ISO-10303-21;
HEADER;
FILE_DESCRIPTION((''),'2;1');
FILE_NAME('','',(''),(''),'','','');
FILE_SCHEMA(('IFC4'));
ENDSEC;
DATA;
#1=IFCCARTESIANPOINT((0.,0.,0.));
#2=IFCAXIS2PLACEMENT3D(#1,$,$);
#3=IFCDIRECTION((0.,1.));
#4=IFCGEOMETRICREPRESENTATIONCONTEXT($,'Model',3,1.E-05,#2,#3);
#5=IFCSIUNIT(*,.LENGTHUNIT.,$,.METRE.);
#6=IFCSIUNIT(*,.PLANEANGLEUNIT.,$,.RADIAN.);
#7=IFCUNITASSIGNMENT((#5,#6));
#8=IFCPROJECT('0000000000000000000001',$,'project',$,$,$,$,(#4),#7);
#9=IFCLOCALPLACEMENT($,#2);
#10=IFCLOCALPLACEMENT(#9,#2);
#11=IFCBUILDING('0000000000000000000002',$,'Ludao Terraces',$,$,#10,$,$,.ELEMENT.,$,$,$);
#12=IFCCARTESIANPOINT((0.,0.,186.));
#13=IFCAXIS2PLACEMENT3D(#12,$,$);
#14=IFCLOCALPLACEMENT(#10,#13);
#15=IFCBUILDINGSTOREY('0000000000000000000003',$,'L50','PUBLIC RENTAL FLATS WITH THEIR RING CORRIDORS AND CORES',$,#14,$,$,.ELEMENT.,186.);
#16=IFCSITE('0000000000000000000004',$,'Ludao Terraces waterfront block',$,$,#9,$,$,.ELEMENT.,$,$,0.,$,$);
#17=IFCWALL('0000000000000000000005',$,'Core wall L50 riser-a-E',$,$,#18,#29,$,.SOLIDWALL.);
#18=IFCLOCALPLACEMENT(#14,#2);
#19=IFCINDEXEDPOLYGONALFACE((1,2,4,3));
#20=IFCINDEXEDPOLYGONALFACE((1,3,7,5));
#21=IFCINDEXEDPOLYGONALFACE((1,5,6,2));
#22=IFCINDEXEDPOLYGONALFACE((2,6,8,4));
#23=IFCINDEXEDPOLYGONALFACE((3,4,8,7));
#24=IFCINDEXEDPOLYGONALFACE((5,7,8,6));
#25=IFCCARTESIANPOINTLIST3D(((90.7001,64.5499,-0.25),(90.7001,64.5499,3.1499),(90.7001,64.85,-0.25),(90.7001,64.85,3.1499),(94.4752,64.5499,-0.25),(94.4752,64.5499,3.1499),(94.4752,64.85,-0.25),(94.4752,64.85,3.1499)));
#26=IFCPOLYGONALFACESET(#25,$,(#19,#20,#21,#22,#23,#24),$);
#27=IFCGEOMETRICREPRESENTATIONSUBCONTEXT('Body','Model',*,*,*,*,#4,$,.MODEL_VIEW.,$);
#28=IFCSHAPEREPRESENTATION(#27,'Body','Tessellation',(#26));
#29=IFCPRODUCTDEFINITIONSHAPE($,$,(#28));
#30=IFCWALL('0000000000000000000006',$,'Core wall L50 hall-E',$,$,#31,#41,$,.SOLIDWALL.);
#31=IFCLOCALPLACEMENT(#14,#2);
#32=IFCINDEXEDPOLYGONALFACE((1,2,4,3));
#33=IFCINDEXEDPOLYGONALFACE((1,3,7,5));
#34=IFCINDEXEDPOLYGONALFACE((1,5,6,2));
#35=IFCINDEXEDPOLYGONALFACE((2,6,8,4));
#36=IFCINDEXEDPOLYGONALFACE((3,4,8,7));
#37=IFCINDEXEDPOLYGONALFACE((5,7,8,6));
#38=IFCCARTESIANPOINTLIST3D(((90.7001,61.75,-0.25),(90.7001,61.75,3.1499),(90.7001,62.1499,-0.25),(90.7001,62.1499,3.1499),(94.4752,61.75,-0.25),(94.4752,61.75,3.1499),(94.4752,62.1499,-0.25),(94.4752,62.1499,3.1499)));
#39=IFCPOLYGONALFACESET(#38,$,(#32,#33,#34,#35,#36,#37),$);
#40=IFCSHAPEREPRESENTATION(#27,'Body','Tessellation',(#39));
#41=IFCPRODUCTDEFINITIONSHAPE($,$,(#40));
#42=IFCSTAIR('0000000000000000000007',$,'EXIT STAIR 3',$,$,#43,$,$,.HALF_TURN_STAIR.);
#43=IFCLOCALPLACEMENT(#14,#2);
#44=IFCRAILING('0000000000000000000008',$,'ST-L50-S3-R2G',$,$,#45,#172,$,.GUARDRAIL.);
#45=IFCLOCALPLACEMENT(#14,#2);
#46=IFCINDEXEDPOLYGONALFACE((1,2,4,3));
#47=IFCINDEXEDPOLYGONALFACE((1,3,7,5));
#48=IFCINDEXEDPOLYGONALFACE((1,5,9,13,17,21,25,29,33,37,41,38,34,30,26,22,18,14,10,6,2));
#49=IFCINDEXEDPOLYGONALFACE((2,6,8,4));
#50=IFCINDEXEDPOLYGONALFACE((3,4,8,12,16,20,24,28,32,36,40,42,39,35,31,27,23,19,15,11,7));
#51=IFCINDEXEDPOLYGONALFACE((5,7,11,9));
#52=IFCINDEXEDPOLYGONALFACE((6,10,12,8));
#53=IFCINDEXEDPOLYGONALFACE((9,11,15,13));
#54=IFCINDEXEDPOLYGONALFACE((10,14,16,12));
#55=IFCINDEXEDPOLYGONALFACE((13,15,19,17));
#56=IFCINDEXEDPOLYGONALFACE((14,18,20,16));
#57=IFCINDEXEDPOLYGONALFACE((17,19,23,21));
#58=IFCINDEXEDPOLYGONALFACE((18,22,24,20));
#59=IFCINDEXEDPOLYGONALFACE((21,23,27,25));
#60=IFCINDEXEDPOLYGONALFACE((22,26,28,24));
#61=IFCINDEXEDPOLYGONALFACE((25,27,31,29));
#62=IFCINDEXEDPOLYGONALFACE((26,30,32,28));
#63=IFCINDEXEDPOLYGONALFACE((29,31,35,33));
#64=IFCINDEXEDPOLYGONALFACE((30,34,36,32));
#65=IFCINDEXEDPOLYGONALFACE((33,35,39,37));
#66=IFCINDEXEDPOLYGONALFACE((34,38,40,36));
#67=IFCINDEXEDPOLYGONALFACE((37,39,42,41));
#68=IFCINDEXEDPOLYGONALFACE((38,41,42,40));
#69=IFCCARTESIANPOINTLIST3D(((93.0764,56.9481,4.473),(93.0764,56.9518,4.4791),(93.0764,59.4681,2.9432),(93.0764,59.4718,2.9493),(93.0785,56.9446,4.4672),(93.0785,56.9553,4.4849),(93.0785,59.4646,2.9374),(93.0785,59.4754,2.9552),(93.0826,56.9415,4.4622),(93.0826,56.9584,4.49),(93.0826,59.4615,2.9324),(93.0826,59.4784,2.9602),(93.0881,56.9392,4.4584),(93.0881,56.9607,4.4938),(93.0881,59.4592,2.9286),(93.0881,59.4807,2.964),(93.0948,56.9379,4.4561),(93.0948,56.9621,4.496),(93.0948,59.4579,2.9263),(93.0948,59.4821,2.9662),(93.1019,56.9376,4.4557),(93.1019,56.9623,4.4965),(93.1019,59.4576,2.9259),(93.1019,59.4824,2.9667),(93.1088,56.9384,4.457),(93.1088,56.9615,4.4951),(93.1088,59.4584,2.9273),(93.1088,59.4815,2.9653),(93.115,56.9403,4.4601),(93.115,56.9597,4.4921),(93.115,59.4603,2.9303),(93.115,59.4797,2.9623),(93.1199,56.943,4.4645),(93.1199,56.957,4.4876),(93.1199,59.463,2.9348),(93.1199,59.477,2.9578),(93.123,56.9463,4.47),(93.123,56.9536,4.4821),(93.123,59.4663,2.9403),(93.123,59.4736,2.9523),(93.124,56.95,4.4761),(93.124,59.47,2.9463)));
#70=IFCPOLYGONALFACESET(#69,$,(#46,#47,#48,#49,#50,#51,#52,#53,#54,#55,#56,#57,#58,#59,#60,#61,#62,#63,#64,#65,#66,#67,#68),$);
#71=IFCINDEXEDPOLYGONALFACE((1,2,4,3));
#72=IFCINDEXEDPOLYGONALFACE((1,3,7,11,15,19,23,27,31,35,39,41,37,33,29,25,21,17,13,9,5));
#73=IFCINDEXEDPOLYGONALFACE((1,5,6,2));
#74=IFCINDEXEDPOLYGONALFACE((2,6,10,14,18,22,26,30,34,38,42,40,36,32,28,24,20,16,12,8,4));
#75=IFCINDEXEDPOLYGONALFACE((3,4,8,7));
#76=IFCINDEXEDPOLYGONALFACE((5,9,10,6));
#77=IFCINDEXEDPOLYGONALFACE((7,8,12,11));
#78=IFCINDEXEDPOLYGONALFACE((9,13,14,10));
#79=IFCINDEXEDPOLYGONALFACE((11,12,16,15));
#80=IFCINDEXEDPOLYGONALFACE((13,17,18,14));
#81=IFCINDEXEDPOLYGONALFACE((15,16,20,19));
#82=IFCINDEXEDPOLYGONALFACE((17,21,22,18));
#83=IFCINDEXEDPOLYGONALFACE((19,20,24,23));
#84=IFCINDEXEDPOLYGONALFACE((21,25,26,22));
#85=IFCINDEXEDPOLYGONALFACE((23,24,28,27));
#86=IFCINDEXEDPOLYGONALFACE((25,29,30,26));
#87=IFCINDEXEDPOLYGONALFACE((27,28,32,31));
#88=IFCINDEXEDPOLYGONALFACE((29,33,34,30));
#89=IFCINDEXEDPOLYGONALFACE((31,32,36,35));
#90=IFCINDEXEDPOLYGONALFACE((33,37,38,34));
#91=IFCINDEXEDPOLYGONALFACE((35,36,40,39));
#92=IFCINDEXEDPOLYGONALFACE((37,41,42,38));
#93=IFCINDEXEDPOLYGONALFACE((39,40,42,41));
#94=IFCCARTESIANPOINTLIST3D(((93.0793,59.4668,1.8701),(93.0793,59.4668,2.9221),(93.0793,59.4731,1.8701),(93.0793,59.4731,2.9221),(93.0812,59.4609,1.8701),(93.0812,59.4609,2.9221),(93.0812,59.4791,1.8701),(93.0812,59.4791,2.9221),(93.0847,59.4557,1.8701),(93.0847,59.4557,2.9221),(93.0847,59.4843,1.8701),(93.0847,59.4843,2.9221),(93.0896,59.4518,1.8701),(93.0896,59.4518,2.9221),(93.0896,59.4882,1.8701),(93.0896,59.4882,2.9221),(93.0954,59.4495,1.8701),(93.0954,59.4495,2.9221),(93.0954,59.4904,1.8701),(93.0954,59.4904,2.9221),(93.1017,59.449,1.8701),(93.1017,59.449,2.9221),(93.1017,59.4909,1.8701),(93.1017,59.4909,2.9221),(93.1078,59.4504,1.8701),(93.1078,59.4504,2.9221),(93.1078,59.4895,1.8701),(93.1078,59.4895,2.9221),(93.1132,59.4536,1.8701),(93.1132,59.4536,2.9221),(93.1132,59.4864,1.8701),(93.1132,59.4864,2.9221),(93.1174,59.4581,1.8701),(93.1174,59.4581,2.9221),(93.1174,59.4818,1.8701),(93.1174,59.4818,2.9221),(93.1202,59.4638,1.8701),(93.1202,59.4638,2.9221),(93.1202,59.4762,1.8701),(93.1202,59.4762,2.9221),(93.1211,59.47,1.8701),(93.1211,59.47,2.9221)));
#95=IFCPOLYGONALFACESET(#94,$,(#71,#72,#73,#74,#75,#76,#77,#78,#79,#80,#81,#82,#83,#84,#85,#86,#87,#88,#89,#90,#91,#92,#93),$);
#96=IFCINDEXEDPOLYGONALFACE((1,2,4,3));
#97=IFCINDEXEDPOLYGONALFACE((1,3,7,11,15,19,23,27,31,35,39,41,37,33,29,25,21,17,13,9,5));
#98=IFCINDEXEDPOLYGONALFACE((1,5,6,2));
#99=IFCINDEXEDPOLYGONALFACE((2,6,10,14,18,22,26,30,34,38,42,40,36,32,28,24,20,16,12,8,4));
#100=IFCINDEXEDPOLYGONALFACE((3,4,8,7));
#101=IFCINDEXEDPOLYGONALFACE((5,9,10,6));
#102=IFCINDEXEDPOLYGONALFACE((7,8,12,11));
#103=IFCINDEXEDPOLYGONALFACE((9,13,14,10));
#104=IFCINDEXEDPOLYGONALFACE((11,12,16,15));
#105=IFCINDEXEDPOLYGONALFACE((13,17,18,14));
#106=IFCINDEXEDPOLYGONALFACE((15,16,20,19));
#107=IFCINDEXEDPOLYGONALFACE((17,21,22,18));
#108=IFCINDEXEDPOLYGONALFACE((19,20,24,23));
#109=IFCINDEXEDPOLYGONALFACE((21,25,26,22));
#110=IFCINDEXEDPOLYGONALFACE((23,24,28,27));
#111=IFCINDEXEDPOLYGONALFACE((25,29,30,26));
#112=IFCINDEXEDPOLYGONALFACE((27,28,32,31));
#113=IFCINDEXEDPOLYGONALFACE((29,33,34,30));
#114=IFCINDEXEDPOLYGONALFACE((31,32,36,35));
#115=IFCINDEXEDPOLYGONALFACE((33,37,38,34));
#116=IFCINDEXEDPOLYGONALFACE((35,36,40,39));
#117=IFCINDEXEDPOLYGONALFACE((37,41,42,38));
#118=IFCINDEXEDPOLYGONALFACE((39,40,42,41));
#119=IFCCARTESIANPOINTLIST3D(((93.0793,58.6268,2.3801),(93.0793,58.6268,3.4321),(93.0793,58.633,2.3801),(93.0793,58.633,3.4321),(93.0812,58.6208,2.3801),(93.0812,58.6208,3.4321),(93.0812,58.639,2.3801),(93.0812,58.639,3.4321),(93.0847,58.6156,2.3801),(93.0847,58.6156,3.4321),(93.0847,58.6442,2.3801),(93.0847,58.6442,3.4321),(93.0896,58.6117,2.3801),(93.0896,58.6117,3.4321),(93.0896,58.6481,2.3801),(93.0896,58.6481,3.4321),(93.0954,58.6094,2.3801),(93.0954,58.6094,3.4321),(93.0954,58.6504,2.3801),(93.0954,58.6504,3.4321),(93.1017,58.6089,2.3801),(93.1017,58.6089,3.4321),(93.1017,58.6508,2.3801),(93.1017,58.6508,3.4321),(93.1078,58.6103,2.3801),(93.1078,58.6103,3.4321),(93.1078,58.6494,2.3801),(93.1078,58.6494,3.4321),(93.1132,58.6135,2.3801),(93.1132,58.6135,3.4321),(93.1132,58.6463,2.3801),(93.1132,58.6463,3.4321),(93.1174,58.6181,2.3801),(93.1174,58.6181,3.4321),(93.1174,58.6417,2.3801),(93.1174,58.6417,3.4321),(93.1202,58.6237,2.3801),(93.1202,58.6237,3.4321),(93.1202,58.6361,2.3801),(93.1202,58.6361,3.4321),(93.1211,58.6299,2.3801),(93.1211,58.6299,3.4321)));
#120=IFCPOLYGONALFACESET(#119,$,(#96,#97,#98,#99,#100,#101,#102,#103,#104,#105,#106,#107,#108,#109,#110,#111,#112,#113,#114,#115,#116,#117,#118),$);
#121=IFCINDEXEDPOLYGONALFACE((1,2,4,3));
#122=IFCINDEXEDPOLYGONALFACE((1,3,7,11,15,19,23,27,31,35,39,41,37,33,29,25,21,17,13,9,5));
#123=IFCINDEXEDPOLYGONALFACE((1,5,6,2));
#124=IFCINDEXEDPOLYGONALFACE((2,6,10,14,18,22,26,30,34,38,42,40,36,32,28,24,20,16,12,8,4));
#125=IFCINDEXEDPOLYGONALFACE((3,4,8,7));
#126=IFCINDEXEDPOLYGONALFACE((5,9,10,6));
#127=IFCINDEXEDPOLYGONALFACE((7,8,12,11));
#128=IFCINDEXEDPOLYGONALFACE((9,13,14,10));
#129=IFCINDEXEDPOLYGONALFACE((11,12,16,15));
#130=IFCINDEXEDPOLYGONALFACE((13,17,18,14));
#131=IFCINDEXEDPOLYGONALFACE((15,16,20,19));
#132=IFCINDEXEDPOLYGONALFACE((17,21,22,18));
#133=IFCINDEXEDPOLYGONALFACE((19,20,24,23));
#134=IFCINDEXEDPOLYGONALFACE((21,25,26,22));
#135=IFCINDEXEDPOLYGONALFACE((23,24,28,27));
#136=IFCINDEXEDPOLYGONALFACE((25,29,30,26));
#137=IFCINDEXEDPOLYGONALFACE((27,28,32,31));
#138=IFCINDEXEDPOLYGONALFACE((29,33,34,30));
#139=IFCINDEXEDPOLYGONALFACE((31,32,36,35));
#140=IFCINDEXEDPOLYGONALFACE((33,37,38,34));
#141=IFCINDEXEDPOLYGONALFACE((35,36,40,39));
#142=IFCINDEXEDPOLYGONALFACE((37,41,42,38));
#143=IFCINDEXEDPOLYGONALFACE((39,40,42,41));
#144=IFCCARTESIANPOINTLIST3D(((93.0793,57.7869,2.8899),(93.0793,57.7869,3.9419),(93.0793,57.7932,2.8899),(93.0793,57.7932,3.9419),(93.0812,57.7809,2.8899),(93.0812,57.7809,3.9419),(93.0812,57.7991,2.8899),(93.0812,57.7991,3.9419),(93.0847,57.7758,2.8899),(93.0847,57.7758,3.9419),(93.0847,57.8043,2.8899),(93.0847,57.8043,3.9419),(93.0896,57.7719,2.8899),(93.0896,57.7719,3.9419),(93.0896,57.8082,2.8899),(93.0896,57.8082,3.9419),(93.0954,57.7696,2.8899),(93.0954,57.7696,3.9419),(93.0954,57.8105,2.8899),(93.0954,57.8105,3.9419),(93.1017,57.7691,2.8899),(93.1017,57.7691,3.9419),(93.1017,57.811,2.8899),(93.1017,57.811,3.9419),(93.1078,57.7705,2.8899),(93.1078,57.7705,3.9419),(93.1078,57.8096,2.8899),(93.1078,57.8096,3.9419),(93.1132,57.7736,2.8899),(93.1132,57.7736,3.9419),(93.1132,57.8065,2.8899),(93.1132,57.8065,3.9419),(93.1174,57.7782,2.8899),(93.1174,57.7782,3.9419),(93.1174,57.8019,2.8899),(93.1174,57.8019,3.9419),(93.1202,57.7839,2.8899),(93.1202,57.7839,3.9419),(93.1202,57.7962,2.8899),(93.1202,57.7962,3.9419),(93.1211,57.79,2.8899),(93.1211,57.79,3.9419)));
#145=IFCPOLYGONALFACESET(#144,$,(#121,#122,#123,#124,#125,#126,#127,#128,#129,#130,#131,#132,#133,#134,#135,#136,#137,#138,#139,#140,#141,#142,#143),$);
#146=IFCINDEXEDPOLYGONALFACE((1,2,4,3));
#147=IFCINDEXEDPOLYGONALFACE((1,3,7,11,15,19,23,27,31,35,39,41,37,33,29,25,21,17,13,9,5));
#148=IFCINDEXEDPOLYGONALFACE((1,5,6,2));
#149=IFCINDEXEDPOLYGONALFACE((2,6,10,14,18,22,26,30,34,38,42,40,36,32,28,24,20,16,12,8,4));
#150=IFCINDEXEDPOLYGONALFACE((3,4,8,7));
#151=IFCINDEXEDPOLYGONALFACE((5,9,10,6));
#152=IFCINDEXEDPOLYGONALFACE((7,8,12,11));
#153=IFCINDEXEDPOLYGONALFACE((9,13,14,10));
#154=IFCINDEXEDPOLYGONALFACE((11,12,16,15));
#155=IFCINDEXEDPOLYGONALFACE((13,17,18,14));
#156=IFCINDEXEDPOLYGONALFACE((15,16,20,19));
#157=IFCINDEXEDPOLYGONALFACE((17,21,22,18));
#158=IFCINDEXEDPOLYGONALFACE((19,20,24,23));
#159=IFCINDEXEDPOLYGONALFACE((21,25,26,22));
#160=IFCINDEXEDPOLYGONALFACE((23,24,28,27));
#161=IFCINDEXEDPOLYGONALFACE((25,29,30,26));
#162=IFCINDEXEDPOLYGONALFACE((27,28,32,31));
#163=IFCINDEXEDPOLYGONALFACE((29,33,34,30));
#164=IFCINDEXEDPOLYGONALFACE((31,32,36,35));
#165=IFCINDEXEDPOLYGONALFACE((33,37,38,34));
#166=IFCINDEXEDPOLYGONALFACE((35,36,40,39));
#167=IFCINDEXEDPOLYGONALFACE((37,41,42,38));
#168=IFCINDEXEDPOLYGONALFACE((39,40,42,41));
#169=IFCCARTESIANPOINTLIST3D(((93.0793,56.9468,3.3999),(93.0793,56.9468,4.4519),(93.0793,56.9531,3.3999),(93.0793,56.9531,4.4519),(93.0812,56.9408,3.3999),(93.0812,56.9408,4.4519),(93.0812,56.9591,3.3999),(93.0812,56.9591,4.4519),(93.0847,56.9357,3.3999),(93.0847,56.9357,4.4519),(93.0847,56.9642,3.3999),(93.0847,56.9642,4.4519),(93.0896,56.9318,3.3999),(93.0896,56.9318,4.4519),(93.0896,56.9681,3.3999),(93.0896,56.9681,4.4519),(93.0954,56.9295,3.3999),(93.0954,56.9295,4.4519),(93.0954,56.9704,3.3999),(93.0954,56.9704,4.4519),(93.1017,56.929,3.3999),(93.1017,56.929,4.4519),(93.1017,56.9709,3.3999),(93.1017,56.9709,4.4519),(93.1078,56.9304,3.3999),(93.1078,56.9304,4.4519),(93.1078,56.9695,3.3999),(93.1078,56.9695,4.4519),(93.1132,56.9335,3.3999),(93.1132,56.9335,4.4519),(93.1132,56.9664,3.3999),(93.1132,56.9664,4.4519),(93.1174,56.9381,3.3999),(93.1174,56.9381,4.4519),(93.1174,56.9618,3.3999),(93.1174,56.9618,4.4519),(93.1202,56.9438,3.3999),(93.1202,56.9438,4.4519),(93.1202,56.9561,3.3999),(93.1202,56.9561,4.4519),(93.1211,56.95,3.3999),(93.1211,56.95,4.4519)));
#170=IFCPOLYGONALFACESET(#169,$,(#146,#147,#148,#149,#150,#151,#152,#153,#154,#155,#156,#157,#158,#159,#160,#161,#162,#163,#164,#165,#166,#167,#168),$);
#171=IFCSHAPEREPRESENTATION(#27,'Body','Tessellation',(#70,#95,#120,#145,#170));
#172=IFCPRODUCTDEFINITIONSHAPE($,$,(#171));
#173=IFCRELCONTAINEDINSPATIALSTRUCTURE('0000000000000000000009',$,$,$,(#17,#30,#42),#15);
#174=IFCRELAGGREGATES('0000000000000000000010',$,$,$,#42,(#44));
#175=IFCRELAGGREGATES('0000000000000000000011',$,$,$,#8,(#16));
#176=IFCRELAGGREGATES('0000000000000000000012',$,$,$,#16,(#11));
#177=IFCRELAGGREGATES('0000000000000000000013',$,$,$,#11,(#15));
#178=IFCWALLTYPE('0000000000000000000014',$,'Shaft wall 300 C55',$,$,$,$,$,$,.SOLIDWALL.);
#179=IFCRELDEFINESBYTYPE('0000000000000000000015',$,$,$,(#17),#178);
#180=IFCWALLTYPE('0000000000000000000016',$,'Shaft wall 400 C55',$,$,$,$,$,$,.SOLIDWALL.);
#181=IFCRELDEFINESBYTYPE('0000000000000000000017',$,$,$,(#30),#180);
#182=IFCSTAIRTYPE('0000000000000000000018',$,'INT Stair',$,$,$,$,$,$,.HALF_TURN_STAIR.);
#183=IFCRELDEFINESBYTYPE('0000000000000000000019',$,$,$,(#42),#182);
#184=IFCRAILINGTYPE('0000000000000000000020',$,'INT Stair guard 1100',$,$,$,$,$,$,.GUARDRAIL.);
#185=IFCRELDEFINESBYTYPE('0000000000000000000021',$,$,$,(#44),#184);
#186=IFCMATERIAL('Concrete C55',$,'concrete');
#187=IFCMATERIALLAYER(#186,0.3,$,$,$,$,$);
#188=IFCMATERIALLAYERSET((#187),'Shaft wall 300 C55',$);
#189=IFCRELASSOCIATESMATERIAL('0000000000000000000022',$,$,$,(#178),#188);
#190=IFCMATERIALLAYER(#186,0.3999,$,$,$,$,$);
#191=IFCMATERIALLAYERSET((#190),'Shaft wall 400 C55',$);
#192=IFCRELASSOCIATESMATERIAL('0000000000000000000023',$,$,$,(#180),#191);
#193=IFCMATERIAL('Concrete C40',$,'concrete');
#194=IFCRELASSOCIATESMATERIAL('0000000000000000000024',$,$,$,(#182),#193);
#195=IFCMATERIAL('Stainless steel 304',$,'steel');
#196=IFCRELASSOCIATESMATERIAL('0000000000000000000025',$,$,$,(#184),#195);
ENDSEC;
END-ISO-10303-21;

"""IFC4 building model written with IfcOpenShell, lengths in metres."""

from ifc_helpers import new_model, si_unit, direction, frame, frame_2d, origin, origin_2d, place, context, subcontext, project, spatial, rectangle, circle, extrude, material, layer, layer_set, type_object, element, aggregate, save


model = new_model("IFC4")

# Units and contexts
model_context = context("Model", 3, precision=1e-05, world=origin(), true_north=direction((0.0, 1.0)))
body_context = subcontext(model_context, "Body", "Model", "MODEL_VIEW")
ifc_project = project(units=[si_unit("LENGTHUNIT", "METRE"), si_unit("PLANEANGLEUNIT", "RADIAN")], contexts=[model_context])

# Site, building, storey
site_placement = place(None, origin())
site = spatial("IfcSite", under=ifc_project, at=site_placement, Name="Ludao Terraces waterfront block", CompositionType="ELEMENT", RefElevation=0.0)
building_placement = place(site_placement, origin())
building = spatial("IfcBuilding", under=site, at=building_placement, Name="Ludao Terraces", CompositionType="ELEMENT")
storey_placement = place(building_placement, frame((0.0, 0.0, 186.0)))
storey = spatial("IfcBuildingStorey", under=building, at=storey_placement, Name="L50", Description="PUBLIC RENTAL FLATS WITH THEIR RING CORRIDORS AND CORES", CompositionType="ELEMENT", Elevation=186.0)

# Shared definitions
ifc_material_1 = material(Name="Concrete C40", Category="concrete")

# Shared definitions
ifc_material_2 = material(Name="Concrete C55", Category="concrete")
ifc_layer_1 = layer(ifc_material_2, 0.3)
ifc_layer_set_1 = layer_set([ifc_layer_1], Name="Shaft wall 300 C55")
wall_type_1 = type_object("IfcWallType", Name="Shaft wall 300 C55", PredefinedType="SOLIDWALL", material=ifc_layer_set_1)

# Walls
wall_1_placement = place(storey_placement, frame((90.7, 64.7, -0.25), z_axis=(0.0, 0.0, 1.0), x_axis=(1.0, 0.0, 0.0)))
element("IfcWall", 1, at=wall_1_placement, inside=storey, type_object=wall_type_1, Name="Core wall L50 riser-a-E", PredefinedType="SOLIDWALL", context=body_context, shape_type="SweptSolid", body=[
    extrude(rectangle(XDim=3.7751, YDim=0.3, at=frame_2d((1.8877, 0.0))), origin(), (0.0, 0.0, 1.0), 3.3999),
])
ifc_layer_2 = layer(ifc_material_2, 0.3999)
ifc_layer_set_2 = layer_set([ifc_layer_2], Name="Shaft wall 400 C55")
wall_type_2 = type_object("IfcWallType", Name="Shaft wall 400 C55", PredefinedType="SOLIDWALL", material=ifc_layer_set_2)
wall_2_placement = place(storey_placement, frame((90.7, 61.95, -0.25), z_axis=(0.0, 0.0, 1.0), x_axis=(1.0, 0.0, 0.0)))
element("IfcWall", 2, at=wall_2_placement, inside=storey, type_object=wall_type_2, Name="Core wall L50 hall-E", PredefinedType="SOLIDWALL", context=body_context, shape_type="SweptSolid", body=[
    extrude(rectangle(XDim=3.7751, YDim=0.3999, at=frame_2d((1.8877, 0.0))), origin(), (0.0, 0.0, 1.0), 3.3999),
])

# Stair, railing
stair_type = type_object("IfcStairType", Name="INT Stair", PredefinedType="HALF_TURN_STAIR", material=ifc_material_1)
stair_placement = place(storey_placement, origin())
stair = element("IfcStair", 3, at=stair_placement, inside=storey, type_object=stair_type, Name="EXIT STAIR 3", PredefinedType="HALF_TURN_STAIR")
ifc_material_3 = material(Name="Stainless steel 304", Category="steel")
railing_type_1 = type_object("IfcRailingType", Name="INT Stair guard 1100", PredefinedType="GUARDRAIL", material=ifc_material_3)
railing_1_placement = place(storey_placement, frame((93.1001, 59.47, 1.8701)))
railing_1 = element("IfcRailing", 4, at=railing_1_placement, type_object=railing_type_1, Name="ST-L50-S3-R2G", PredefinedType="GUARDRAIL", context=body_context, shape_type="SweptSolid", body=[
    extrude(circle(Radius=0.0239, at=origin_2d()), frame((0.0, 0.0, 1.0762), z_axis=(0.0, -0.854822, 0.518922), x_axis=(1.0, 0.0, 0.0)), (0.0, 0.0, 1.0), 2.948),
    extrude(circle(Radius=0.021, at=origin_2d()), origin(), (0.0, 0.0, 1.0), 1.052),
    extrude(circle(Radius=0.021, at=origin_2d()), frame((0.0, -0.8401, 0.51)), (0.0, 0.0, 1.0), 1.052),
    extrude(circle(Radius=0.021, at=origin_2d()), frame((0.0, -1.6799, 1.0198)), (0.0, 0.0, 1.0), 1.052),
    extrude(circle(Radius=0.021, at=origin_2d()), frame((0.0, -2.52, 1.5298)), (0.0, 0.0, 1.0), 1.052),
])
aggregate(stair, [railing_1])

save(model, "model.ifc")
